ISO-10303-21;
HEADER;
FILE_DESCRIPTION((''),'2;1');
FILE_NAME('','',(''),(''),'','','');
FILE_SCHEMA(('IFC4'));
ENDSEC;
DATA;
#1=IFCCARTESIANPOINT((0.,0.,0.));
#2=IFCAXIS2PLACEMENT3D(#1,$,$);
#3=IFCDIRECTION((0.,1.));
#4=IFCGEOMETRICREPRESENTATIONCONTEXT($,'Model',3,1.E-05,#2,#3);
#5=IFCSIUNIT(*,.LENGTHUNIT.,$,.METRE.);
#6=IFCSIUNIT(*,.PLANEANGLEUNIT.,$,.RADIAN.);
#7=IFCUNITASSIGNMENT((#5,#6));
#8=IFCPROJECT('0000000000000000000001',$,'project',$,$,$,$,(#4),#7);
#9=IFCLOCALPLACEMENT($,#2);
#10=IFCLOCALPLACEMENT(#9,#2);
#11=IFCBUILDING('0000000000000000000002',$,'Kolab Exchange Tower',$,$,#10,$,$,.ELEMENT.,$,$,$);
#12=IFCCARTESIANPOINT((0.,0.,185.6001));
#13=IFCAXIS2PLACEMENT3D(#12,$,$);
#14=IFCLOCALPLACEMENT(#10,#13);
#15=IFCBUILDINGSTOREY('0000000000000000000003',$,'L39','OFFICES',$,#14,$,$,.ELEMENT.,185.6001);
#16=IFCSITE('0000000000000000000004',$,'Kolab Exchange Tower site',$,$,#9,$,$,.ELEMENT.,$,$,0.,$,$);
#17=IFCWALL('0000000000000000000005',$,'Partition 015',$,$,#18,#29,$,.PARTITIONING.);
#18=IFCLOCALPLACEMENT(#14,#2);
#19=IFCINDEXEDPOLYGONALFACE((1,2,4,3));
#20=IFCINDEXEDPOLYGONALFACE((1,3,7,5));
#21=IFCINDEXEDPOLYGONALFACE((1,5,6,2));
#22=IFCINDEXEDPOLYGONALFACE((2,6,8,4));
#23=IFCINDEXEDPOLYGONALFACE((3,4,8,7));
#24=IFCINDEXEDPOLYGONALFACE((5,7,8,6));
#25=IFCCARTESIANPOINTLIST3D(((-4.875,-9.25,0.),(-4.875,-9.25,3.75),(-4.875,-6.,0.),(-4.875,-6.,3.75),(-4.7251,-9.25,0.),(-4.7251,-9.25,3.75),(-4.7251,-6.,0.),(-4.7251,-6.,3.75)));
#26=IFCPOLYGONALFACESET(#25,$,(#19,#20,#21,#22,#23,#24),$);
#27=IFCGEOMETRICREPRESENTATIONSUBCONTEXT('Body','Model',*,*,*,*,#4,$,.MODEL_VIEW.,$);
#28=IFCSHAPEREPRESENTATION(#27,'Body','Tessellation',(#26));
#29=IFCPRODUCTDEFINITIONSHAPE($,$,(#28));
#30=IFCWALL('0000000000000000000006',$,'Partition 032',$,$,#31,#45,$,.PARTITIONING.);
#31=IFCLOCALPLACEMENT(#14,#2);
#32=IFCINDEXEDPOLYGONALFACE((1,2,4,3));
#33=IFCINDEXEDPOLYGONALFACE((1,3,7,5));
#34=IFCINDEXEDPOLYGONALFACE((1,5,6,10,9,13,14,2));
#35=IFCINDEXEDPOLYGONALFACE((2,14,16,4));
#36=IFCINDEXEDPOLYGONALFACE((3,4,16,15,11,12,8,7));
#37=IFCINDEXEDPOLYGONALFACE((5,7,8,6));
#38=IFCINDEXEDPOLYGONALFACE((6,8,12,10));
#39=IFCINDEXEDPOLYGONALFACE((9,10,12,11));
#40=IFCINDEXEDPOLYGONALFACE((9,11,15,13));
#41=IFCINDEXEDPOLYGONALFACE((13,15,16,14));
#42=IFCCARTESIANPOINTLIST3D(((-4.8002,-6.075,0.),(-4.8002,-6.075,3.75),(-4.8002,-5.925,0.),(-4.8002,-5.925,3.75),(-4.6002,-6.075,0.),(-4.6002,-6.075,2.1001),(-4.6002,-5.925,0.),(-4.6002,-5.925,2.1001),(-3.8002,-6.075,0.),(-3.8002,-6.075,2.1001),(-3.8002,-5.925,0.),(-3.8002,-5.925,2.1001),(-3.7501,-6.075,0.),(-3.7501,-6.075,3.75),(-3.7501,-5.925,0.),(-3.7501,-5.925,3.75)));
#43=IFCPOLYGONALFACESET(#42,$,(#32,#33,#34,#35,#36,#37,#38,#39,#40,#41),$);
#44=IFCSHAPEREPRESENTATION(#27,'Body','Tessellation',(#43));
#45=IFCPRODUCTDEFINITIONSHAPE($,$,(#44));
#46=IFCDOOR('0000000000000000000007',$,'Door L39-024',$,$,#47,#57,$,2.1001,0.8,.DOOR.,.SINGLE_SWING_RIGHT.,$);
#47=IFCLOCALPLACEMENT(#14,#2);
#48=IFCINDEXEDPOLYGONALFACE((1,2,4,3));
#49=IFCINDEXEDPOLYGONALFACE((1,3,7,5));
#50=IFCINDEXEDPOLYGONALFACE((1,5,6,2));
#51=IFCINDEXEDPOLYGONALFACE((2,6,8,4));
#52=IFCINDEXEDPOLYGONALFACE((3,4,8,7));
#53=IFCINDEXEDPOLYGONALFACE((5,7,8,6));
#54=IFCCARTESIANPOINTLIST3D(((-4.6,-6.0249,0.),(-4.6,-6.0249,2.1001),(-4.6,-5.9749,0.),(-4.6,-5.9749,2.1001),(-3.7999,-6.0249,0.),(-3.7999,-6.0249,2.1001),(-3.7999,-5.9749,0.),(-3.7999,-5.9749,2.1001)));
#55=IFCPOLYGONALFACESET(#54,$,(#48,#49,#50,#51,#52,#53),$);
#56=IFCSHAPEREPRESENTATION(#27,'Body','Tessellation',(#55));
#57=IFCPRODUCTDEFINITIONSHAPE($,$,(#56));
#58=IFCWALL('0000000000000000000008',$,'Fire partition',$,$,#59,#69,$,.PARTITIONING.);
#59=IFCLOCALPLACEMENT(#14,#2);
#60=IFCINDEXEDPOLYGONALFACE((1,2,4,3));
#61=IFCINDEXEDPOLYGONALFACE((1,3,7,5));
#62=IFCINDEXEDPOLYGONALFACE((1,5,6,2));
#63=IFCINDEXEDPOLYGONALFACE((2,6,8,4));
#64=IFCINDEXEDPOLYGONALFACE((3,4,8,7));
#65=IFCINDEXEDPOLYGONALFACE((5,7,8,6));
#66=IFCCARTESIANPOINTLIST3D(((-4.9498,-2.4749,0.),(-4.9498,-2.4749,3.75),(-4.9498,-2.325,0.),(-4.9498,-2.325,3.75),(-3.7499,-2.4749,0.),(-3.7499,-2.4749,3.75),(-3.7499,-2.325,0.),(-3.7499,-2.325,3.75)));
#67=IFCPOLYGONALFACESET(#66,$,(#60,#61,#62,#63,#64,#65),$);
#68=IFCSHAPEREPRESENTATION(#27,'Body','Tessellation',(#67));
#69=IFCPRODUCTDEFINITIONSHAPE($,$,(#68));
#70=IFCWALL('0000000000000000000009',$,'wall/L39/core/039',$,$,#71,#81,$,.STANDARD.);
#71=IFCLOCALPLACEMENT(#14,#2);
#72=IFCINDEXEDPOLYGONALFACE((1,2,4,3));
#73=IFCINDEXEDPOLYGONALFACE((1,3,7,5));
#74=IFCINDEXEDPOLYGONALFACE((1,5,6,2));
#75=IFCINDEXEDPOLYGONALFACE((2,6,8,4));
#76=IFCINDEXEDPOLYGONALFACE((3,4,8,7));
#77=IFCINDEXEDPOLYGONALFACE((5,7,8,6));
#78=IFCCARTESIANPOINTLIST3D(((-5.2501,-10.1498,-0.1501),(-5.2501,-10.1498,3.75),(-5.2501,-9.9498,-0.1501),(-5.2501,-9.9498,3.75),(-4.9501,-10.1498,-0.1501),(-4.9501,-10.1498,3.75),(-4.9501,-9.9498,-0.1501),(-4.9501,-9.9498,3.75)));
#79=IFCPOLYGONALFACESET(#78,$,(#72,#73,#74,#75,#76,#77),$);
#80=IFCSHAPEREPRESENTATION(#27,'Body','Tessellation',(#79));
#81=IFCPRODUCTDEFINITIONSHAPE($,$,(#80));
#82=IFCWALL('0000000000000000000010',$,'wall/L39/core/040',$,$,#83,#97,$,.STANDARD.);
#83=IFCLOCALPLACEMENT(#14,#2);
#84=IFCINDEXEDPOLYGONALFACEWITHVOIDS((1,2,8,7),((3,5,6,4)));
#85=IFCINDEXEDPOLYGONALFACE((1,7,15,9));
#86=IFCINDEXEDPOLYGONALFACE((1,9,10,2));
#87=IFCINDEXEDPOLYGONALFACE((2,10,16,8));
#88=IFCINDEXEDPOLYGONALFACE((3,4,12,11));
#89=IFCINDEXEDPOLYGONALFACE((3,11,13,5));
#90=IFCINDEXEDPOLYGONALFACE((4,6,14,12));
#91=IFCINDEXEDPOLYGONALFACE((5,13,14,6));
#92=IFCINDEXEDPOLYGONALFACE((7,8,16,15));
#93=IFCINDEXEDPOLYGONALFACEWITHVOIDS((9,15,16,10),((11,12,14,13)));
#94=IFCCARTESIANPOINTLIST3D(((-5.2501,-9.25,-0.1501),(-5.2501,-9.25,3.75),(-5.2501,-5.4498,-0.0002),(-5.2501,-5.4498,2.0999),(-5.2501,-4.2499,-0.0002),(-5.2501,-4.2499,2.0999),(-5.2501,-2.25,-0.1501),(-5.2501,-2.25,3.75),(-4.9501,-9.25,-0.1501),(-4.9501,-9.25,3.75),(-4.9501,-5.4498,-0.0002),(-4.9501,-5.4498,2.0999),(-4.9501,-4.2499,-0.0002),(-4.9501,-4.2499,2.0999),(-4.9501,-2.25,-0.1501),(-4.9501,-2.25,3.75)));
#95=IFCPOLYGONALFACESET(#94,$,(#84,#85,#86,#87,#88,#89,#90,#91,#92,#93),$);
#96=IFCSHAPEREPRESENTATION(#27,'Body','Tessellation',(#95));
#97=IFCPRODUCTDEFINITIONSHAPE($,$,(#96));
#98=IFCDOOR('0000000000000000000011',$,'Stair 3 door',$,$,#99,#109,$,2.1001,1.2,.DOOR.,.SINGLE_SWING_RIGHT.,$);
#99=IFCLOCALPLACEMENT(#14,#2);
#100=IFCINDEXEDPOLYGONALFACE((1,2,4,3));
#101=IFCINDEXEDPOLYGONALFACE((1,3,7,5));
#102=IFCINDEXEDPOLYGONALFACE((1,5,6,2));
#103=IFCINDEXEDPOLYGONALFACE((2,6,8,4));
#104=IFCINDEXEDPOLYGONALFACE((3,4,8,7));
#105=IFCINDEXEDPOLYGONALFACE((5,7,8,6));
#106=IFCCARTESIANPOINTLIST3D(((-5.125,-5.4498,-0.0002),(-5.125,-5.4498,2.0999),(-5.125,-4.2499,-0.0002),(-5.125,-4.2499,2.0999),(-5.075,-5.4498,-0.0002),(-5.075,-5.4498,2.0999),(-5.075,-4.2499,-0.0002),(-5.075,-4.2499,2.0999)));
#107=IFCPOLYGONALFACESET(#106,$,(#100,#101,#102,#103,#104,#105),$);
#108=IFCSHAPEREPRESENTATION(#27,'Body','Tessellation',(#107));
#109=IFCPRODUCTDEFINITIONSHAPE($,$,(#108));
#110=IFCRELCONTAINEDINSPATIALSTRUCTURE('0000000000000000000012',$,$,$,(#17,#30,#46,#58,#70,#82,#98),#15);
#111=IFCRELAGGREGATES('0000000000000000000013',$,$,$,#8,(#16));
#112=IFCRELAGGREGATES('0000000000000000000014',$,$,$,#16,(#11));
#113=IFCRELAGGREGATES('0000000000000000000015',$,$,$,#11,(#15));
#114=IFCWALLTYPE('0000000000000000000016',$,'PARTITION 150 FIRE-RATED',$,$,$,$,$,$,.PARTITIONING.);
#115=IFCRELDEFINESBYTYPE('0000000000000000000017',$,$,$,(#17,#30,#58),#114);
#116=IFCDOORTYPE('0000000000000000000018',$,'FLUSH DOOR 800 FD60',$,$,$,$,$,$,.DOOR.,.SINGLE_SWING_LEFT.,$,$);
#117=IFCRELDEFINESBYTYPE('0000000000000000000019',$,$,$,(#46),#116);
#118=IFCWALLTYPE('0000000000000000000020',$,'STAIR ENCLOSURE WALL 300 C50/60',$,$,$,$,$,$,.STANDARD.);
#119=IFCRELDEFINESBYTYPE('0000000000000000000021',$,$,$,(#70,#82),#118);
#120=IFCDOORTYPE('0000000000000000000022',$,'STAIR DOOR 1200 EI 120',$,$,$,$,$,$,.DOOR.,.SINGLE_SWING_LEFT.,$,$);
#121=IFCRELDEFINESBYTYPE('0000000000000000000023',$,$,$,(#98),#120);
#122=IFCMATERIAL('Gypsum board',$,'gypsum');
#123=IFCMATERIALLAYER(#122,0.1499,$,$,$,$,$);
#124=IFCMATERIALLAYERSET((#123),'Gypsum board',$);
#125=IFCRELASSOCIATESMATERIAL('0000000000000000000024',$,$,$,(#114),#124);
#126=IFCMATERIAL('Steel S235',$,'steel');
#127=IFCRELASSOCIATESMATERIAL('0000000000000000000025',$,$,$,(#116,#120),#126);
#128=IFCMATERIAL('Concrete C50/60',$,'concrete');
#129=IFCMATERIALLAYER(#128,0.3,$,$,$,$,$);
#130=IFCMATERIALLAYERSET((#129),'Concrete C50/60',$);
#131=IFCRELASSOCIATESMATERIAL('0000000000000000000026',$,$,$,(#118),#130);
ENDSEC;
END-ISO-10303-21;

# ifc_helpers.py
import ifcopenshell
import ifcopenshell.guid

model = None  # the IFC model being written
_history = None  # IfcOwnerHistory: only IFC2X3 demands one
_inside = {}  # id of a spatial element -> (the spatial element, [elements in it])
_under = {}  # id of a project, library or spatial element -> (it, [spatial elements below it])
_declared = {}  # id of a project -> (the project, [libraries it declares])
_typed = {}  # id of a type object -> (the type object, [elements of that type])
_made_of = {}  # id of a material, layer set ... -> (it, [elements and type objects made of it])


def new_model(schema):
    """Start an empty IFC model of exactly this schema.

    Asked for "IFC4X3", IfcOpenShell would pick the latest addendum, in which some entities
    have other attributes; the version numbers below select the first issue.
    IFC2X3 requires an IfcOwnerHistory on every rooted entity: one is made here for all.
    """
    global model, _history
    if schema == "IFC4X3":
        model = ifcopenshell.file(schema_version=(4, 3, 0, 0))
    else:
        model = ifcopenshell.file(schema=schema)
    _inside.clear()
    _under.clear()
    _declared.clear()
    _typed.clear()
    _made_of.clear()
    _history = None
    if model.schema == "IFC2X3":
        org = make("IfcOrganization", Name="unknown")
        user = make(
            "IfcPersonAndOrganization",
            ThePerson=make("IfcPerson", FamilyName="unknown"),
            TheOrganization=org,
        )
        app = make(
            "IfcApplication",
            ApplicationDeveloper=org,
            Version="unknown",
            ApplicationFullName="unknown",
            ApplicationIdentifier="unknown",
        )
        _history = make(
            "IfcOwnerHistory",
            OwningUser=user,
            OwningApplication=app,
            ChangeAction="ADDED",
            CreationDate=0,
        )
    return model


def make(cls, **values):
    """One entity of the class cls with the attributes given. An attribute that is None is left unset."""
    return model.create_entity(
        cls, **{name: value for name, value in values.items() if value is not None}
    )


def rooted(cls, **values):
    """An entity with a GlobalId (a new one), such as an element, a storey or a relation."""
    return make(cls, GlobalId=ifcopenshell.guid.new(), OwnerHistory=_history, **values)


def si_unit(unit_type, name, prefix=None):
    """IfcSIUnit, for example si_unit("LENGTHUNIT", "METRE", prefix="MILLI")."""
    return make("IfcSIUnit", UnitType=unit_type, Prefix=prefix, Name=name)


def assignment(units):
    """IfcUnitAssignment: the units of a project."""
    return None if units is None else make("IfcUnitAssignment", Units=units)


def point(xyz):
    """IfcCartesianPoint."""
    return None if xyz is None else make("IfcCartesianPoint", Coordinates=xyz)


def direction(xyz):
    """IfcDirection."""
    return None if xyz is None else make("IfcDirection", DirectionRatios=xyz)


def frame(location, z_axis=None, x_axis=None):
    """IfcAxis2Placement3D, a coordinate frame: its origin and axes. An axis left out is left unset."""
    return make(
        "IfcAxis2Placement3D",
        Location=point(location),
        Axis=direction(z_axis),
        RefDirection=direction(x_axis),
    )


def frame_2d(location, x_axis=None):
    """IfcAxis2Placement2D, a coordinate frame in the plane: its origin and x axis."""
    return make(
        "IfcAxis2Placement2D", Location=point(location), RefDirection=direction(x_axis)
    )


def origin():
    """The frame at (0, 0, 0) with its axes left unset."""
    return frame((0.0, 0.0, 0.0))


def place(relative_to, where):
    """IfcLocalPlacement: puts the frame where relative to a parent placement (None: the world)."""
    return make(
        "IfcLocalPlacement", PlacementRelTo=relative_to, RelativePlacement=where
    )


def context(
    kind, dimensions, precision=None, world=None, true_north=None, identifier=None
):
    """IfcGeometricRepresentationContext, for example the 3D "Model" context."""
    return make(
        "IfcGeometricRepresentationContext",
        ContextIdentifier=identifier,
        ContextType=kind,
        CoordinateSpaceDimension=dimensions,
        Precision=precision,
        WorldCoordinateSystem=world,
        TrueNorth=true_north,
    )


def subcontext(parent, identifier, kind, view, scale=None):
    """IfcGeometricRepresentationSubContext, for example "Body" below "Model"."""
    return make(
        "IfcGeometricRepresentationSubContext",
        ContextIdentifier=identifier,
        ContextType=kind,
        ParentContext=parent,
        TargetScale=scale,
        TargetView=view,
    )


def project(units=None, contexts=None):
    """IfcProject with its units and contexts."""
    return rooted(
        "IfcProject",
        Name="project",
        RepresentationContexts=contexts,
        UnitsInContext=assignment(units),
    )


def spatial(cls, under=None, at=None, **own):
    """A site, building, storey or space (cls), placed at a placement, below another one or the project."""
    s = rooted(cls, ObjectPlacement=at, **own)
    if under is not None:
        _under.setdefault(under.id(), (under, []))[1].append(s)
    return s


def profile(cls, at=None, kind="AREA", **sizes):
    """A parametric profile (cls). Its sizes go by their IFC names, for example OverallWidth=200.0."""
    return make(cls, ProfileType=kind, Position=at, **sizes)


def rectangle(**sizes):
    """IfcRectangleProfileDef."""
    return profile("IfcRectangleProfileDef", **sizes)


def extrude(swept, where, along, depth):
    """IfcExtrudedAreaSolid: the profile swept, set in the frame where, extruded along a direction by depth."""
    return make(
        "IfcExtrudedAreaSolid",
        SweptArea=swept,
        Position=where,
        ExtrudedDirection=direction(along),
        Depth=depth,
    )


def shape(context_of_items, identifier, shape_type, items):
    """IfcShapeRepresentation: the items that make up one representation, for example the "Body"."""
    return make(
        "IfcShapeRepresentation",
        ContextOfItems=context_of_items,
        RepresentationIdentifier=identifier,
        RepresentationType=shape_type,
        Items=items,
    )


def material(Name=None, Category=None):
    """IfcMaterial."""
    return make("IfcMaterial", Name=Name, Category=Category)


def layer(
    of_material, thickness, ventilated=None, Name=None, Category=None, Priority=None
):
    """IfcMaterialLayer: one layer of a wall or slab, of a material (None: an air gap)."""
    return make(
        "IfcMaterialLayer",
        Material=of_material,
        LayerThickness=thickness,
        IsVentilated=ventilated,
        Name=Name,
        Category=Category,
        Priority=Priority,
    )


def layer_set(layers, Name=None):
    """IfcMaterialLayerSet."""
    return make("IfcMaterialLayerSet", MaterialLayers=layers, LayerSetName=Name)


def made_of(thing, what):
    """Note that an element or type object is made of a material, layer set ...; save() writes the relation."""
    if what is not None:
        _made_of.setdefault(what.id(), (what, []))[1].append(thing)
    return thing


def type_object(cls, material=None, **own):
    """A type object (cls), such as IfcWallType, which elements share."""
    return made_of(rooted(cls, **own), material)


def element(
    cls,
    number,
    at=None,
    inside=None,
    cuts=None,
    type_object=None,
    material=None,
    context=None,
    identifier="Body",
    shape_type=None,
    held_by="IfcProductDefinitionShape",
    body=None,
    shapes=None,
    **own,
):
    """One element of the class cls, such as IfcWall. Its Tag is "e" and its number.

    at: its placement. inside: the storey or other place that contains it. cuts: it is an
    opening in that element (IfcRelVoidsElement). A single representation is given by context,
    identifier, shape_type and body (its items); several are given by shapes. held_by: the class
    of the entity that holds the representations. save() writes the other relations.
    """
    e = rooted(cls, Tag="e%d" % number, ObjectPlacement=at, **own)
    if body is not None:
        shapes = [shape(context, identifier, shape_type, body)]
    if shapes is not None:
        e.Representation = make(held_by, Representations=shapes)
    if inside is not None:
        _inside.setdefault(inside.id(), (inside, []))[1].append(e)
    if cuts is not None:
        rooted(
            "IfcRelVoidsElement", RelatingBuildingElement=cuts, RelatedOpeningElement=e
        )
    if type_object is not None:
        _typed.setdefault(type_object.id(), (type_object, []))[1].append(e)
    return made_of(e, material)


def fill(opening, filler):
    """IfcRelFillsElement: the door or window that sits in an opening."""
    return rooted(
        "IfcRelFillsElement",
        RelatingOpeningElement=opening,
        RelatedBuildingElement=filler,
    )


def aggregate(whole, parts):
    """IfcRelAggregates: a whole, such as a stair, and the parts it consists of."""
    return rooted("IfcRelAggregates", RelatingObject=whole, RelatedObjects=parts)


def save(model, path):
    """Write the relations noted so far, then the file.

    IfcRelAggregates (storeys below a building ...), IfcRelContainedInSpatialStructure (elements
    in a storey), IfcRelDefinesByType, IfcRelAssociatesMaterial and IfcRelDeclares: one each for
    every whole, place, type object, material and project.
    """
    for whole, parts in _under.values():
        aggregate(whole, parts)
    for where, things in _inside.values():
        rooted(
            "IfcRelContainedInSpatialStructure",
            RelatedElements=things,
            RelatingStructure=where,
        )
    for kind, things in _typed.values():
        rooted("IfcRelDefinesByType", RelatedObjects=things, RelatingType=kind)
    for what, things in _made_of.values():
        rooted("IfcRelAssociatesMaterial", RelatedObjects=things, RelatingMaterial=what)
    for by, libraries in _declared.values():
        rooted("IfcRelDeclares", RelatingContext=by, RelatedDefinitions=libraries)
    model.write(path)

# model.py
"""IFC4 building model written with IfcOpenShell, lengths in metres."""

from ifc_helpers import new_model, si_unit, direction, frame, frame_2d, origin, place, context, subcontext, project, spatial, rectangle, extrude, material, layer, layer_set, type_object, element, fill, save


model = new_model("IFC4")

# Units and contexts
model_context = context("Model", 3, precision=1e-05, world=origin(), true_north=direction((0.0, 1.0)))
body_context = subcontext(model_context, "Body", "Model", "MODEL_VIEW")
ifc_project = project(units=[si_unit("LENGTHUNIT", "METRE"), si_unit("PLANEANGLEUNIT", "RADIAN")], contexts=[model_context])

# Site, building, storey
site_placement = place(None, origin())
site = spatial("IfcSite", under=ifc_project, at=site_placement, Name="Kolab Exchange Tower site", CompositionType="ELEMENT", RefElevation=0.0)
building_placement = place(site_placement, origin())
building = spatial("IfcBuilding", under=site, at=building_placement, Name="Kolab Exchange Tower", CompositionType="ELEMENT")
storey_placement = place(building_placement, frame((0.0, 0.0, 185.6001)))
storey = spatial("IfcBuildingStorey", under=building, at=storey_placement, Name="L39", Description="OFFICES", CompositionType="ELEMENT", Elevation=185.6001)

# Shared definitions
ifc_material_1 = material(Name="Concrete C50/60", Category="concrete")

# Wall
ifc_material_2 = material(Name="Gypsum board", Category="gypsum")
ifc_layer_1 = layer(ifc_material_2, 0.1499)
ifc_layer_set_1 = layer_set([ifc_layer_1], Name="Gypsum board")
wall_type_1 = type_object("IfcWallType", Name="PARTITION 150 FIRE-RATED", PredefinedType="PARTITIONING", material=ifc_layer_set_1)
wall_1_placement = place(storey_placement, frame((-4.8, -9.25, 0.0), z_axis=(0.0, 0.0, 1.0), x_axis=(0.0, 1.0, 0.0)))
element("IfcWall", 1, at=wall_1_placement, inside=storey, type_object=wall_type_1, Name="Partition 015", PredefinedType="PARTITIONING", context=body_context, shape_type="SweptSolid", body=[
    extrude(rectangle(XDim=3.25, YDim=0.1499, at=frame_2d((1.625, 0.0))), origin(), (0.0, 0.0, 1.0), 3.75),
])

# Wall, opening, door
wall_2_placement = place(storey_placement, frame((-4.8, -6.0, 0.0), z_axis=(0.0, 0.0, 1.0), x_axis=(1.0, 0.0, 0.0)))
wall_2 = element("IfcWall", 2, at=wall_2_placement, inside=storey, type_object=wall_type_1, Name="Partition 032", PredefinedType="PARTITIONING", context=body_context, shape_type="SweptSolid", body=[
    extrude(rectangle(XDim=1.05, YDim=0.1499, at=frame_2d((0.5249, 0.0))), origin(), (0.0, 0.0, 1.0), 3.75),
])
opening_1_placement = place(wall_2_placement, frame((0.2, 0.0, 0.0)))
opening_1 = element("IfcOpeningElement", 3, at=opening_1_placement, cuts=wall_2, PredefinedType="OPENING", context=body_context, shape_type="SweptSolid", body=[
    extrude(rectangle(XDim=0.8, YDim=2.1001, at=frame_2d((0.3999, 1.05))), frame((0.0, 0.085, 0.0), z_axis=(0.0, -1.0, 0.0), x_axis=(1.0, 0.0, 0.0)), (0.0, 0.0, 1.0), 0.1699),
])
ifc_material_3 = material(Name="Steel S235", Category="steel")
door_type_1 = type_object("IfcDoorType", Name="FLUSH DOOR 800 FD60", OperationType="SINGLE_SWING_LEFT", PredefinedType="DOOR", material=ifc_material_3)
door_1_placement = place(opening_1_placement, frame((0.8, 0.0, 0.0), z_axis=(0.0, 0.0, 1.0), x_axis=(-1.0, 0.0, 0.0)))
door_1 = element("IfcDoor", 4, at=door_1_placement, inside=storey, type_object=door_type_1, Name="Door L39-024", OperationType="SINGLE_SWING_RIGHT", OverallHeight=2.1001, OverallWidth=0.8, PredefinedType="DOOR", context=body_context, shape_type="SweptSolid", body=[
    extrude(rectangle(XDim=0.8, YDim=2.1001, at=frame_2d((0.3999, 1.05))), frame((0.0, 0.0249, 0.0), z_axis=(0.0, -1.0, 0.0), x_axis=(1.0, 0.0, 0.0)), (0.0, 0.0, 1.0), 0.05),
])
fill(opening_1, door_1)

# Walls
wall_3_placement = place(storey_placement, frame((-4.95, -2.3999, 0.0), z_axis=(0.0, 0.0, 1.0), x_axis=(1.0, 0.0, 0.0)))
element("IfcWall", 5, at=wall_3_placement, inside=storey, type_object=wall_type_1, Name="Fire partition", PredefinedType="PARTITIONING", context=body_context, shape_type="SweptSolid", body=[
    extrude(rectangle(XDim=1.2, YDim=0.1499, at=frame_2d((0.6001, 0.0))), origin(), (0.0, 0.0, 1.0), 3.75),
])
ifc_layer_2 = layer(ifc_material_1, 0.3)
ifc_layer_set_2 = layer_set([ifc_layer_2], Name="Concrete C50/60")
wall_type_2 = type_object("IfcWallType", Name="STAIR ENCLOSURE WALL 300 C50/60", PredefinedType="STANDARD", material=ifc_layer_set_2)
wall_4_placement = place(storey_placement, frame((-5.1001, -10.1499, -0.1501), z_axis=(0.0, 0.0, 1.0), x_axis=(0.0, 1.0, 0.0)))
element("IfcWall", 6, at=wall_4_placement, inside=storey, type_object=wall_type_2, Name="wall/L39/core/039", PredefinedType="STANDARD", context=body_context, shape_type="SweptSolid", body=[
    extrude(rectangle(XDim=0.2, YDim=0.3, at=frame_2d((0.1001, 0.0))), origin(), (0.0, 0.0, 1.0), 3.9001),
])

# Wall, opening, door
wall_5_placement = place(storey_placement, frame((-5.1001, -9.25, -0.1501), z_axis=(0.0, 0.0, 1.0), x_axis=(0.0, 1.0, 0.0)))
wall_5 = element("IfcWall", 7, at=wall_5_placement, inside=storey, type_object=wall_type_2, Name="wall/L39/core/040", PredefinedType="STANDARD", context=body_context, shape_type="SweptSolid", body=[
    extrude(rectangle(XDim=7.0, YDim=0.3, at=frame_2d((3.5, 0.0))), origin(), (0.0, 0.0, 1.0), 3.9001),
])
opening_2_placement = place(wall_5_placement, frame((3.8, 0.0, 0.1499)))
opening_2 = element("IfcOpeningElement", 8, at=opening_2_placement, cuts=wall_5, PredefinedType="OPENING", context=body_context, shape_type="SweptSolid", body=[
    extrude(rectangle(XDim=1.2, YDim=2.1001, at=frame_2d((0.6001, 1.05))), frame((0.0, 0.1602, 0.0), z_axis=(0.0, -1.0, 0.0), x_axis=(1.0, 0.0, 0.0)), (0.0, 0.0, 1.0), 0.3201),
])
door_type_2 = type_object("IfcDoorType", Name="STAIR DOOR 1200 EI 120", OperationType="SINGLE_SWING_LEFT", PredefinedType="DOOR", material=ifc_material_3)
door_2_placement = place(opening_2_placement, origin())
door_2 = element("IfcDoor", 9, at=door_2_placement, inside=storey, type_object=door_type_2, Name="Stair 3 door", OperationType="SINGLE_SWING_RIGHT", OverallHeight=2.1001, OverallWidth=1.2, PredefinedType="DOOR", context=body_context, shape_type="SweptSolid", body=[
    extrude(rectangle(XDim=1.2, YDim=2.1001, at=frame_2d((0.6001, 1.05))), frame((0.0, 0.0249, 0.0), z_axis=(0.0, -1.0, 0.0), x_axis=(1.0, 0.0, 0.0)), (0.0, 0.0, 1.0), 0.05),
])
fill(opening_2, door_2)

save(model, "model.ifc")
